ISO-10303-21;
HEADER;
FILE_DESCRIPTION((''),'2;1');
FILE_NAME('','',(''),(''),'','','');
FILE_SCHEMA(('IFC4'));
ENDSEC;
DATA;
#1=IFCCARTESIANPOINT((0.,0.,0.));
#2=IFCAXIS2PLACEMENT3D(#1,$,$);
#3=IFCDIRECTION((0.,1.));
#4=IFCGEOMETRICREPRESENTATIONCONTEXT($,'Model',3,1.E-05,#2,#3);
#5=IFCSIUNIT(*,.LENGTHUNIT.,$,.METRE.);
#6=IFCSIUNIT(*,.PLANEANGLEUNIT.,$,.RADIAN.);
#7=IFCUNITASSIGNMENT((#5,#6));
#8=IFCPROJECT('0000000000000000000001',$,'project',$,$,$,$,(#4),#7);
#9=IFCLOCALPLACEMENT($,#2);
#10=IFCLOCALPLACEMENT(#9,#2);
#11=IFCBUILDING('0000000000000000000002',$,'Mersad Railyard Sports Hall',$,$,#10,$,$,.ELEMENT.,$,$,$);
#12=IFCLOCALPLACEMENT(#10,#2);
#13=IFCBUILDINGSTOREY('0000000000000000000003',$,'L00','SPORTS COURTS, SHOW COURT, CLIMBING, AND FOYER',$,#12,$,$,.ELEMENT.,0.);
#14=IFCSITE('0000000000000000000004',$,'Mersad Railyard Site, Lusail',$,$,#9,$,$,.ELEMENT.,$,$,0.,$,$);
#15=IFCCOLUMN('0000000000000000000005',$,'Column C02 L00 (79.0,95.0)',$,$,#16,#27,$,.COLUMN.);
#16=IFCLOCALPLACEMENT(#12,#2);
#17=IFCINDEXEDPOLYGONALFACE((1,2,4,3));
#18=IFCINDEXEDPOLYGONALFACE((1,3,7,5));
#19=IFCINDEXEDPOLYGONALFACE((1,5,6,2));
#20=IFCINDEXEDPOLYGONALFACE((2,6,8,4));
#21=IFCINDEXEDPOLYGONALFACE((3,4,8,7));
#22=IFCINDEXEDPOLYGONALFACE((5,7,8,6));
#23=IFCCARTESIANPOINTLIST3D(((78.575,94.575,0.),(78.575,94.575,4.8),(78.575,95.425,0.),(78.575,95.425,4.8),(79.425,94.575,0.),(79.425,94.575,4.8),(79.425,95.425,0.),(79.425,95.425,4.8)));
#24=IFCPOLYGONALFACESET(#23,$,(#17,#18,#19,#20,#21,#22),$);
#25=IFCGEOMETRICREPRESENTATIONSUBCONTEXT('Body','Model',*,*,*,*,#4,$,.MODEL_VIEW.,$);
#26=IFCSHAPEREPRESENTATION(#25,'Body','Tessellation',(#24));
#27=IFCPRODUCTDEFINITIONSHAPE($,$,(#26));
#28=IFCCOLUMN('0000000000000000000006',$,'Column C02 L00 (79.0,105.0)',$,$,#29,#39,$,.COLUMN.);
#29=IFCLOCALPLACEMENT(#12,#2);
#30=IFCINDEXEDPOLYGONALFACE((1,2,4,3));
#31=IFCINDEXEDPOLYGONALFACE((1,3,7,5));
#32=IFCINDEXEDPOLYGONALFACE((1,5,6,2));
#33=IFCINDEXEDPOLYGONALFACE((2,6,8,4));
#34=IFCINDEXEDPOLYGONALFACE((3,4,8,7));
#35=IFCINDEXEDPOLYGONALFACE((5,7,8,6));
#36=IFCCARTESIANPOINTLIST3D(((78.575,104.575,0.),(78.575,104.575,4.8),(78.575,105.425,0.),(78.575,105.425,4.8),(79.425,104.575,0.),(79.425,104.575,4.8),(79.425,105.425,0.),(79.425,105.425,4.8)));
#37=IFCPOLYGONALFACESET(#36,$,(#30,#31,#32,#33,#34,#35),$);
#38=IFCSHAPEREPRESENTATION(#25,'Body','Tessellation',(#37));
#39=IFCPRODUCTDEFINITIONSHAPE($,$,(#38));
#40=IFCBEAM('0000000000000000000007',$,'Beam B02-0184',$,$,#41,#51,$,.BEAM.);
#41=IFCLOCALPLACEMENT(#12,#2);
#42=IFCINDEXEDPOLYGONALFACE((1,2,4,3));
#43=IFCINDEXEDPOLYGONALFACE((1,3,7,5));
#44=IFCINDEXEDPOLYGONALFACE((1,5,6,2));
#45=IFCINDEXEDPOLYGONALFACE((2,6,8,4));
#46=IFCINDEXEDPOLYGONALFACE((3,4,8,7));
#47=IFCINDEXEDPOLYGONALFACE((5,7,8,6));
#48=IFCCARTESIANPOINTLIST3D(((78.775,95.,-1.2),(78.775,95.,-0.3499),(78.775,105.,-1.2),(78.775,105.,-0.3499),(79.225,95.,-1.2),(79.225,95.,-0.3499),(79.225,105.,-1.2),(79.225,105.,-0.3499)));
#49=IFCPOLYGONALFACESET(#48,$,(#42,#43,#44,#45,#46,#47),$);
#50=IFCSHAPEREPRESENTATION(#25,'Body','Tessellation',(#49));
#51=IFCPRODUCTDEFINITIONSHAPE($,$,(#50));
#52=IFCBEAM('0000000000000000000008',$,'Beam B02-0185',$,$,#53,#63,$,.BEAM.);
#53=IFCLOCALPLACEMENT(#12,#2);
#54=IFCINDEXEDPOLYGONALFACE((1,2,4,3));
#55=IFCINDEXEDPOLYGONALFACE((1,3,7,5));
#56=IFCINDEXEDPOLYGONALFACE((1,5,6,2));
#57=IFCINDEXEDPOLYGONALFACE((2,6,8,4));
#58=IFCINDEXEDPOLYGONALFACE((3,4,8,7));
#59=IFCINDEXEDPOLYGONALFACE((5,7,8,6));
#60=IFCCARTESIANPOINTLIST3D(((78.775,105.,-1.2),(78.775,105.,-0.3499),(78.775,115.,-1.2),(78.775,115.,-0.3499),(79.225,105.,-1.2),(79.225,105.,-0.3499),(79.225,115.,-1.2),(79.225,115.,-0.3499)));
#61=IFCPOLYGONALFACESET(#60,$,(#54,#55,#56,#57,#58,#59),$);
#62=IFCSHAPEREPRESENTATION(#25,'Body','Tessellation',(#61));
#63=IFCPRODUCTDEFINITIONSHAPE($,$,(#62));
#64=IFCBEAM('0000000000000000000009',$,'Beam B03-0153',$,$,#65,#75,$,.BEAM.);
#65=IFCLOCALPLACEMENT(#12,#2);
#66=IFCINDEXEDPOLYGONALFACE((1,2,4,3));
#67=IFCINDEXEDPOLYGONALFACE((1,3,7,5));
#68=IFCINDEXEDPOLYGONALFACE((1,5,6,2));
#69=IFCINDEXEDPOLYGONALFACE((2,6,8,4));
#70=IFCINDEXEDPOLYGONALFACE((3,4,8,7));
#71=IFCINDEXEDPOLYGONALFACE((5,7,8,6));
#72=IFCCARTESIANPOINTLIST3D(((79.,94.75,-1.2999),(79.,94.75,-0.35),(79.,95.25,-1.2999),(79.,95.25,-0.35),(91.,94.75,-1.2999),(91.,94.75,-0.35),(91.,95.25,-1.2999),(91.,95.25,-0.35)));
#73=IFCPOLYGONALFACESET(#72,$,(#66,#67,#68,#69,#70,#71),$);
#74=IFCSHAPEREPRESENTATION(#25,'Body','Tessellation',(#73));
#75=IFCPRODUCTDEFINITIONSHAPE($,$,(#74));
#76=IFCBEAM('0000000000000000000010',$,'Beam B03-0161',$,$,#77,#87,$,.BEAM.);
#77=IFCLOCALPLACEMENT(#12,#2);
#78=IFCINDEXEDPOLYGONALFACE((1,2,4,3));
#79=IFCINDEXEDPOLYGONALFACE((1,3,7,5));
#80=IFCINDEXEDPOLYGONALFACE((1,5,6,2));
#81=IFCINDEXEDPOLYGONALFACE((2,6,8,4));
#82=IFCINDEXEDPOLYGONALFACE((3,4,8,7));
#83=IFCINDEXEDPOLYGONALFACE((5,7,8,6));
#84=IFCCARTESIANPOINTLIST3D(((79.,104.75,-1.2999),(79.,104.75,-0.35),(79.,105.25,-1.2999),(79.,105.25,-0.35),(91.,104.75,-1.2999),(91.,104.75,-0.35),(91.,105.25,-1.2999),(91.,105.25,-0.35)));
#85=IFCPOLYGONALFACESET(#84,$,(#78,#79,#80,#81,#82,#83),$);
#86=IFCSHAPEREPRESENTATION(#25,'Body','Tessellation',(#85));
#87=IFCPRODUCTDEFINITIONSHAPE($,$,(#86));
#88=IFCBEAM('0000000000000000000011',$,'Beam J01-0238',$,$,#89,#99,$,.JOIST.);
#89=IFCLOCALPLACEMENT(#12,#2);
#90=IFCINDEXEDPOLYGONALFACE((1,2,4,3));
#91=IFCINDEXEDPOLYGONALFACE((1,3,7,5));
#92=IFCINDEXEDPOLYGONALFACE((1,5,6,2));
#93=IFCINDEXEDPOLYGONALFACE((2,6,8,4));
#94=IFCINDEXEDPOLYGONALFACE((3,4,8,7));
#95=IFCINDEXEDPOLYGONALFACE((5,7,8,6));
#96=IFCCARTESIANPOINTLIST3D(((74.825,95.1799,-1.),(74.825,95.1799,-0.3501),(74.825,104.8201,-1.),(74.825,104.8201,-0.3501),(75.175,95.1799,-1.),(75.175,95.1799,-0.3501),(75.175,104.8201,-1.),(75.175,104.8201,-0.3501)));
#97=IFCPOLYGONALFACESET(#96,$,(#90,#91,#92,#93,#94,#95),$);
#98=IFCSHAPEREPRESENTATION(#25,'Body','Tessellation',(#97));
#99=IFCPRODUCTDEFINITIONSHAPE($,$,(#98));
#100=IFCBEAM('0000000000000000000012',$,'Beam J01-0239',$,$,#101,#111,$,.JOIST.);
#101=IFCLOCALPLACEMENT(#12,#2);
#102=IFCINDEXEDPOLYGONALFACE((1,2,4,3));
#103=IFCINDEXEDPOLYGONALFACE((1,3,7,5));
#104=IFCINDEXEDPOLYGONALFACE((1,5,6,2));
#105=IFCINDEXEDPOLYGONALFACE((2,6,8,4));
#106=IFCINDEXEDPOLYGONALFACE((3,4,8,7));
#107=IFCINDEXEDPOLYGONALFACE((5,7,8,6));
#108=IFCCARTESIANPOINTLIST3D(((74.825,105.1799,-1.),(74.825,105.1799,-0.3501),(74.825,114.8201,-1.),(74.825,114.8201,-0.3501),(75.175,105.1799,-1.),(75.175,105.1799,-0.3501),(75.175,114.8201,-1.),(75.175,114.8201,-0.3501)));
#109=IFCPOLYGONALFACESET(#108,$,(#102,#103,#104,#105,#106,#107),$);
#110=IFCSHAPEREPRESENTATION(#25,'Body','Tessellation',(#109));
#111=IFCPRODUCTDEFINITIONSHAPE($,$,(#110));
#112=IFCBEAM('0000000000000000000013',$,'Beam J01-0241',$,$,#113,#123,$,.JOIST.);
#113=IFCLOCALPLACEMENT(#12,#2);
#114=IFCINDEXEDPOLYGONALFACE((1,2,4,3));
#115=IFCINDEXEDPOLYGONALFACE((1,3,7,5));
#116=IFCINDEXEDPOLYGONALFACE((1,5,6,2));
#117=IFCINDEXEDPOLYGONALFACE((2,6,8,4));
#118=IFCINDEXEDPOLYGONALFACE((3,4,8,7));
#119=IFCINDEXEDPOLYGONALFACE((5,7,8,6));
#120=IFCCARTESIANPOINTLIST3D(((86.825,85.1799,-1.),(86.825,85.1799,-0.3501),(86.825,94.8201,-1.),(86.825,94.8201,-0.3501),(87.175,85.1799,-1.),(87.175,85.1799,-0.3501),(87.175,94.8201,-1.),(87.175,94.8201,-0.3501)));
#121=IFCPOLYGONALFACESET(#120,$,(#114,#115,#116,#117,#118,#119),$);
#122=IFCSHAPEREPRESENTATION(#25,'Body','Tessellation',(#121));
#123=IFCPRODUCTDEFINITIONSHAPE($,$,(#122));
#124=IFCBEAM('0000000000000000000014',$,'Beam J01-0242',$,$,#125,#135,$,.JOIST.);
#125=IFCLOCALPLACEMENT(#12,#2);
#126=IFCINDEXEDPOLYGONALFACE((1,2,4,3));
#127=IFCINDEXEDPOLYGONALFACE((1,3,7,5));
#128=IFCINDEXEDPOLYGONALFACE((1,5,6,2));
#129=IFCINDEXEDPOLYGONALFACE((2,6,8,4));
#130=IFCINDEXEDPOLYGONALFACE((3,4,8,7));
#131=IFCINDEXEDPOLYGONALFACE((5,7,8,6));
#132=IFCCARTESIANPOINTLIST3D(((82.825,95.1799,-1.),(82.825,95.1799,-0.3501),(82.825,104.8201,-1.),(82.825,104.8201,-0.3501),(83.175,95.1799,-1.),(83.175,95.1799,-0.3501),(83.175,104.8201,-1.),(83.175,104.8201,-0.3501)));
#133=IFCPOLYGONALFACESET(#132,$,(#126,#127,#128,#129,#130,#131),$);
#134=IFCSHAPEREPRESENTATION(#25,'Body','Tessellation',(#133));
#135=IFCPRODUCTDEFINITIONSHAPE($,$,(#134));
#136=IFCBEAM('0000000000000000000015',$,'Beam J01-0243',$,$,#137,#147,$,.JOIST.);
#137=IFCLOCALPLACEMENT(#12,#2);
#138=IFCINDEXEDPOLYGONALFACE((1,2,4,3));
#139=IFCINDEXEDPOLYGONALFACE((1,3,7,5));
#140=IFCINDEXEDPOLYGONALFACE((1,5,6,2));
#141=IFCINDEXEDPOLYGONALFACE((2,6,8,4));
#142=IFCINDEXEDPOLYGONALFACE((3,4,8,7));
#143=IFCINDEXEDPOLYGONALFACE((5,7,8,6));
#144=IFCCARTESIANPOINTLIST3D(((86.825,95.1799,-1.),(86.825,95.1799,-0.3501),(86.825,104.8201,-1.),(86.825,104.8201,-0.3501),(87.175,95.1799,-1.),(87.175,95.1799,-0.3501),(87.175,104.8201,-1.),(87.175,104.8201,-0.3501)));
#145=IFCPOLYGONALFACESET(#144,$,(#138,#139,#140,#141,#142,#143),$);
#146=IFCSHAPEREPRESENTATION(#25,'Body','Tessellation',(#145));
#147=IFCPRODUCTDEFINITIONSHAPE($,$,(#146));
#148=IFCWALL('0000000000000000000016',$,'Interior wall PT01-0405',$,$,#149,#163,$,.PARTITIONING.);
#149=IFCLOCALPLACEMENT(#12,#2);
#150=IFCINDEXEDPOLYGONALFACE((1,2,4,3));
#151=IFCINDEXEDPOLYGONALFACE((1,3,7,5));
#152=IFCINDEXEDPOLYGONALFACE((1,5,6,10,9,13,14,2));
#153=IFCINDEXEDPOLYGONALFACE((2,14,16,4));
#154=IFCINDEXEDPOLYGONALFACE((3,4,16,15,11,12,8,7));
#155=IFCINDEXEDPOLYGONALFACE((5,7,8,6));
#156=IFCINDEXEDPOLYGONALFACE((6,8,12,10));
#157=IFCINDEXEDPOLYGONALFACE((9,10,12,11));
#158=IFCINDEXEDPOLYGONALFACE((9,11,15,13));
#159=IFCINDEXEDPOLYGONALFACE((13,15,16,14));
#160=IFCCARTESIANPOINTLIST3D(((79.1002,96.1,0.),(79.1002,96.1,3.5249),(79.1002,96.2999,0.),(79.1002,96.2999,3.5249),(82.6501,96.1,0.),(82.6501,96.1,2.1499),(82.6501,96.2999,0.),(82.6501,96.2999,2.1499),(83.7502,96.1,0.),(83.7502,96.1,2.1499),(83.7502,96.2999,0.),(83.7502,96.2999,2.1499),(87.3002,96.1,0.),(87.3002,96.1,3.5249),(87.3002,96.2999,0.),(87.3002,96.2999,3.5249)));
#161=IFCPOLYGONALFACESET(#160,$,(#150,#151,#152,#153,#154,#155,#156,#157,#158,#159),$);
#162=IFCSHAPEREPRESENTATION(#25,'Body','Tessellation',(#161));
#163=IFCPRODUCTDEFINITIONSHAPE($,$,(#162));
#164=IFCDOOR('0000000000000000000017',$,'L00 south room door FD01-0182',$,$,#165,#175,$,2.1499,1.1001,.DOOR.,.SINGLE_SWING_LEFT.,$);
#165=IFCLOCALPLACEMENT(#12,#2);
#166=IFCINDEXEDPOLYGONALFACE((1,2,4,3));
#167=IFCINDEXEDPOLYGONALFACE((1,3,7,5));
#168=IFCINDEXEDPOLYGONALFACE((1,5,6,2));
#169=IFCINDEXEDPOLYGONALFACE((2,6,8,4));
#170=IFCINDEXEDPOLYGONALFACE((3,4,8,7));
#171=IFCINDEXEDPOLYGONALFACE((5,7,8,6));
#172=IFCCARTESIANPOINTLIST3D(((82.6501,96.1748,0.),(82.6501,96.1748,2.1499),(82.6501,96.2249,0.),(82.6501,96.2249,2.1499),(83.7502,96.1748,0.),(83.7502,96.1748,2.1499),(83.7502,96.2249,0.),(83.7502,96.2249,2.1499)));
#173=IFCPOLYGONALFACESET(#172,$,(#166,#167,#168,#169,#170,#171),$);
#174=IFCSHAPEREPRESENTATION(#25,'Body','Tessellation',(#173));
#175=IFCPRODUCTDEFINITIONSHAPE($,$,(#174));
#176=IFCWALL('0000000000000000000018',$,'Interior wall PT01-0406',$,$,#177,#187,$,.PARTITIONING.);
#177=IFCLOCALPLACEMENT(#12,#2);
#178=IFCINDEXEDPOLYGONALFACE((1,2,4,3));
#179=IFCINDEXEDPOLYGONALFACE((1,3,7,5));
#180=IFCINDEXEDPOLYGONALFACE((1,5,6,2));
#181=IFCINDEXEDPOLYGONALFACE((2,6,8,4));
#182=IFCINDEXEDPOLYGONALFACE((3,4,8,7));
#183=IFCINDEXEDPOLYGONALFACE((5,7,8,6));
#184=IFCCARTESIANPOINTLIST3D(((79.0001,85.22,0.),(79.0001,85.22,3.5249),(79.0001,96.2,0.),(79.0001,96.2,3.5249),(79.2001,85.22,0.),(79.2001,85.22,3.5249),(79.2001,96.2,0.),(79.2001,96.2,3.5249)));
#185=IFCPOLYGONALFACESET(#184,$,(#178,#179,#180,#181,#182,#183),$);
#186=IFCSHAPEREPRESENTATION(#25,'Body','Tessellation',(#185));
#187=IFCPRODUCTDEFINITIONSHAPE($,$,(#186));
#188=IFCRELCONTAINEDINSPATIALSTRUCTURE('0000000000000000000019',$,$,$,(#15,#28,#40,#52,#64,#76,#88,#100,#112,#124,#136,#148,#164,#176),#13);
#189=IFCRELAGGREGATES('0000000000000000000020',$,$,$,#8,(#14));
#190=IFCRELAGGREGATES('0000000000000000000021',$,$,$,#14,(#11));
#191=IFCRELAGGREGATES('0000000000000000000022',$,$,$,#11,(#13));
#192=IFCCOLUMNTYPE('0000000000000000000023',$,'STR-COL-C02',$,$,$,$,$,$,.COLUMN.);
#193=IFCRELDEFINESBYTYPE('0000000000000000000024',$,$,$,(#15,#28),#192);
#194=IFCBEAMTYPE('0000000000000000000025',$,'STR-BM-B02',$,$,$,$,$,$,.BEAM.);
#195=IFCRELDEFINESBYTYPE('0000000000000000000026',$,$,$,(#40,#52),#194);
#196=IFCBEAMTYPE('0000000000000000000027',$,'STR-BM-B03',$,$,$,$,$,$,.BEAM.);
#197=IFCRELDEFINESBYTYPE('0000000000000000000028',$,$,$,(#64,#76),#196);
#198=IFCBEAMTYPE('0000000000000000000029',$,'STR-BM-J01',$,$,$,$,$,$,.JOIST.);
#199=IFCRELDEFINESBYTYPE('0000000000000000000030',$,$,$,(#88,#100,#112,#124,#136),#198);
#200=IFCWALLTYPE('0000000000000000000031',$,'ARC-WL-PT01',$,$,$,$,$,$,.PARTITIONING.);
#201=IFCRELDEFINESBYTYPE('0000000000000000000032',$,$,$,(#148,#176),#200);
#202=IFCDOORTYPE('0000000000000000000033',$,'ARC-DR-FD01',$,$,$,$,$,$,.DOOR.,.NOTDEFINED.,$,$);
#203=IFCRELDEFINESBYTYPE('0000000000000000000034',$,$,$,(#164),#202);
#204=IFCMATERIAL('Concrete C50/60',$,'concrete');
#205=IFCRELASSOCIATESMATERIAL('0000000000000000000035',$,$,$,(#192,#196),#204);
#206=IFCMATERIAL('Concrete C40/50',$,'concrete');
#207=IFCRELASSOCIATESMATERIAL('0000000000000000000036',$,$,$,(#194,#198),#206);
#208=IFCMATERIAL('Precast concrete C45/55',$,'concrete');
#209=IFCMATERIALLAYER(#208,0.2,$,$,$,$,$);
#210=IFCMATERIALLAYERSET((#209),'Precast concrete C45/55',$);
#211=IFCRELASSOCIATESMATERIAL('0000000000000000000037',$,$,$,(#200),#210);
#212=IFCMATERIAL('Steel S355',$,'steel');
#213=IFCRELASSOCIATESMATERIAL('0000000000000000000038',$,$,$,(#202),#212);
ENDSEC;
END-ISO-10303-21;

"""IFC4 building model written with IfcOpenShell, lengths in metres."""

from ifc_helpers import new_model, si_unit, direction, frame, frame_2d, origin, origin_2d, place, context, subcontext, project, spatial, rectangle, extrude, material, layer, layer_set, material_profile, profile_set, type_object, element, fill, save


model = new_model("IFC4")

# Units and contexts
model_context = context("Model", 3, precision=1e-05, world=origin(), true_north=direction((0.0, 1.0)))
body_context = subcontext(model_context, "Body", "Model", "MODEL_VIEW")
ifc_project = project(units=[si_unit("LENGTHUNIT", "METRE"), si_unit("PLANEANGLEUNIT", "RADIAN")], contexts=[model_context])

# Site, building, storey
site_placement = place(None, origin())
site = spatial("IfcSite", under=ifc_project, at=site_placement, Name="Mersad Railyard Site, Lusail", CompositionType="ELEMENT", RefElevation=0.0)
building_placement = place(site_placement, origin())
building = spatial("IfcBuilding", under=site, at=building_placement, Name="Mersad Railyard Sports Hall", CompositionType="ELEMENT")
storey_placement = place(building_placement, origin())
storey = spatial("IfcBuildingStorey", under=building, at=storey_placement, Name="L00", Description="SPORTS COURTS, SHOW COURT, CLIMBING, AND FOYER", CompositionType="ELEMENT", Elevation=0.0)

# Columns
ifc_material_1 = material(Name="Concrete C50/60", Category="concrete")
ifc_material_profile_1 = material_profile(ifc_material_1, rectangle(XDim=0.8501, YDim=0.8501, at=origin_2d()), Name="RC 850x850")
ifc_profile_set_1 = profile_set([ifc_material_profile_1], Name="Concrete C50/60")
column_type = type_object("IfcColumnType", Name="STR-COL-C02", PredefinedType="COLUMN", material=ifc_profile_set_1)
for number, where, z_axis, x_axis, name in (
    (1, (79.0, 95.0, 0.0), (0.0, 0.0, 1.0), (1.0, 0.0, 0.0), "Column C02 L00 (79.0,95.0)"),
    (2, (79.0, 105.0, 0.0), (0.0, 0.0, 1.0), (1.0, 0.0, 0.0), "Column C02 L00 (79.0,105.0)"),
):
    element("IfcColumn", number, at=place(storey_placement, frame(where, z_axis=z_axis, x_axis=x_axis)), inside=storey, type_object=column_type, Name=name, PredefinedType="COLUMN", context=body_context, shape_type="SweptSolid", body=[
        extrude(rectangle(XDim=0.8501, YDim=0.8501, at=origin_2d()), origin(), (0.0, 0.0, 1.0), 4.8),
    ])

# Beams
ifc_material_2 = material(Name="Concrete C40/50", Category="concrete")
ifc_material_profile_2 = material_profile(ifc_material_2, rectangle(XDim=0.45, YDim=0.8501, at=origin_2d()), Name="RC 450x850")
ifc_profile_set_2 = profile_set([ifc_material_profile_2], Name="Concrete C40/50")
beam_type_1 = type_object("IfcBeamType", Name="STR-BM-B02", PredefinedType="BEAM", material=ifc_profile_set_2)
for number, where, z_axis, x_axis, name in (
    (3, (79.0, 95.0, -0.7749), (0.0, 1.0, 0.0), (-1.0, 0.0, 0.0), "Beam B02-0184"),
    (4, (79.0, 105.0, -0.7749), (0.0, 1.0, 0.0), (-1.0, 0.0, 0.0), "Beam B02-0185"),
):
    element("IfcBeam", number, at=place(storey_placement, frame(where, z_axis=z_axis, x_axis=x_axis)), inside=storey, type_object=beam_type_1, Name=name, PredefinedType="BEAM", context=body_context, shape_type="SweptSolid", body=[
        extrude(rectangle(XDim=0.45, YDim=0.8501, at=origin_2d()), origin(), (0.0, 0.0, 1.0), 10.0),
    ])
ifc_material_profile_3 = material_profile(ifc_material_1, rectangle(XDim=0.5, YDim=0.95, at=origin_2d()), Name="RC 500x950")
ifc_profile_set_3 = profile_set([ifc_material_profile_3], Name="Concrete C50/60")
beam_type_2 = type_object("IfcBeamType", Name="STR-BM-B03", PredefinedType="BEAM", material=ifc_profile_set_3)
for number, where, z_axis, x_axis, name in (
    (5, (79.0, 95.0, -0.825), (1.0, 0.0, 0.0), (0.0, 1.0, 0.0), "Beam B03-0153"),
    (6, (79.0, 105.0, -0.825), (1.0, 0.0, 0.0), (0.0, 1.0, 0.0), "Beam B03-0161"),
):
    element("IfcBeam", number, at=place(storey_placement, frame(where, z_axis=z_axis, x_axis=x_axis)), inside=storey, type_object=beam_type_2, Name=name, PredefinedType="BEAM", context=body_context, shape_type="SweptSolid", body=[
        extrude(rectangle(XDim=0.5, YDim=0.95, at=origin_2d()), origin(), (0.0, 0.0, 1.0), 12.0),
    ])
ifc_material_profile_4 = material_profile(ifc_material_2, rectangle(XDim=0.3501, YDim=0.6499, at=origin_2d()), Name="RC 350x650")
ifc_profile_set_4 = profile_set([ifc_material_profile_4], Name="Concrete C40/50")
beam_type_3 = type_object("IfcBeamType", Name="STR-BM-J01", PredefinedType="JOIST", material=ifc_profile_set_4)
for number, where, z_axis, x_axis, name in (
    (7, (75.0, 95.1799, -0.675), (0.0, 1.0, 0.0), (-1.0, 0.0, 0.0), "Beam J01-0238"),
    (8, (75.0, 105.1799, -0.675), (0.0, 1.0, 0.0), (-1.0, 0.0, 0.0), "Beam J01-0239"),
    (9, (87.0, 85.1799, -0.675), (0.0, 1.0, 0.0), (-1.0, 0.0, 0.0), "Beam J01-0241"),
    (10, (83.0, 95.1799, -0.675), (0.0, 1.0, 0.0), (-1.0, 0.0, 0.0), "Beam J01-0242"),
    (11, (87.0, 95.1799, -0.675), (0.0, 1.0, 0.0), (-1.0, 0.0, 0.0), "Beam J01-0243"),
):
    element("IfcBeam", number, at=place(storey_placement, frame(where, z_axis=z_axis, x_axis=x_axis)), inside=storey, type_object=beam_type_3, Name=name, PredefinedType="JOIST", context=body_context, shape_type="SweptSolid", body=[
        extrude(rectangle(XDim=0.3501, YDim=0.6499, at=origin_2d()), origin(), (0.0, 0.0, 1.0), 9.6401),
    ])

# Wall, opening, door
ifc_material_3 = material(Name="Precast concrete C45/55", Category="concrete")
ifc_layer_1 = layer(ifc_material_3, 0.2)
ifc_layer_set_1 = layer_set([ifc_layer_1], Name="Precast concrete C45/55")
wall_type_1 = type_object("IfcWallType", Name="ARC-WL-PT01", PredefinedType="PARTITIONING", material=ifc_layer_set_1)
wall_1_placement = place(storey_placement, frame((79.1001, 96.2, 0.0), z_axis=(0.0, 0.0, 1.0), x_axis=(1.0, 0.0, 0.0)))
wall_1 = element("IfcWall", 12, at=wall_1_placement, inside=storey, type_object=wall_type_1, Name="Interior wall PT01-0405", PredefinedType="PARTITIONING", context=body_context, shape_type="SweptSolid", body=[
    extrude(rectangle(XDim=8.2, YDim=0.2, at=frame_2d((4.1001, 0.0))), origin(), (0.0, 0.0, 1.0), 3.5249),
])
opening_1_placement = place(wall_1_placement, frame((3.55, 0.0, 0.0)))
opening_1 = element("IfcOpeningElement", 13, at=opening_1_placement, cuts=wall_1, PredefinedType="OPENING", context=body_context, shape_type="SweptSolid", body=[
    extrude(rectangle(XDim=1.1001, YDim=2.1499, at=frame_2d((0.55, 1.075))), frame((0.0, 0.1099, 0.0), z_axis=(0.0, -1.0, 0.0), x_axis=(1.0, 0.0, 0.0)), (0.0, 0.0, 1.0), 0.22),
])
ifc_material_4 = material(Name="Steel S355", Category="steel")
door_type_1 = type_object("IfcDoorType", Name="ARC-DR-FD01", OperationType="NOTDEFINED", PredefinedType="DOOR", material=ifc_material_4)
door_1_placement = place(opening_1_placement, origin())
door_1 = element("IfcDoor", 14, at=door_1_placement, inside=storey, type_object=door_type_1, Name="L00 south room door FD01-0182", OperationType="SINGLE_SWING_LEFT", OverallHeight=2.1499, OverallWidth=1.1001, PredefinedType="DOOR", context=body_context, shape_type="SweptSolid", body=[
    extrude(rectangle(XDim=1.1001, YDim=2.1499, at=frame_2d((0.55, 1.075))), frame((0.0, 0.0249, 0.0), z_axis=(0.0, -1.0, 0.0), x_axis=(1.0, 0.0, 0.0)), (0.0, 0.0, 1.0), 0.05),
])
fill(opening_1, door_1)

# Wall
wall_2_placement = place(storey_placement, frame((79.1001, 85.22, 0.0), z_axis=(0.0, 0.0, 1.0), x_axis=(0.0, 1.0, 0.0)))
element("IfcWall", 15, at=wall_2_placement, inside=storey, type_object=wall_type_1, Name="Interior wall PT01-0406", PredefinedType="PARTITIONING", context=body_context, shape_type="SweptSolid", body=[
    extrude(rectangle(XDim=10.98, YDim=0.2, at=frame_2d((5.49, 0.0))), origin(), (0.0, 0.0, 1.0), 3.5249),
])

save(model, "model.ifc")
